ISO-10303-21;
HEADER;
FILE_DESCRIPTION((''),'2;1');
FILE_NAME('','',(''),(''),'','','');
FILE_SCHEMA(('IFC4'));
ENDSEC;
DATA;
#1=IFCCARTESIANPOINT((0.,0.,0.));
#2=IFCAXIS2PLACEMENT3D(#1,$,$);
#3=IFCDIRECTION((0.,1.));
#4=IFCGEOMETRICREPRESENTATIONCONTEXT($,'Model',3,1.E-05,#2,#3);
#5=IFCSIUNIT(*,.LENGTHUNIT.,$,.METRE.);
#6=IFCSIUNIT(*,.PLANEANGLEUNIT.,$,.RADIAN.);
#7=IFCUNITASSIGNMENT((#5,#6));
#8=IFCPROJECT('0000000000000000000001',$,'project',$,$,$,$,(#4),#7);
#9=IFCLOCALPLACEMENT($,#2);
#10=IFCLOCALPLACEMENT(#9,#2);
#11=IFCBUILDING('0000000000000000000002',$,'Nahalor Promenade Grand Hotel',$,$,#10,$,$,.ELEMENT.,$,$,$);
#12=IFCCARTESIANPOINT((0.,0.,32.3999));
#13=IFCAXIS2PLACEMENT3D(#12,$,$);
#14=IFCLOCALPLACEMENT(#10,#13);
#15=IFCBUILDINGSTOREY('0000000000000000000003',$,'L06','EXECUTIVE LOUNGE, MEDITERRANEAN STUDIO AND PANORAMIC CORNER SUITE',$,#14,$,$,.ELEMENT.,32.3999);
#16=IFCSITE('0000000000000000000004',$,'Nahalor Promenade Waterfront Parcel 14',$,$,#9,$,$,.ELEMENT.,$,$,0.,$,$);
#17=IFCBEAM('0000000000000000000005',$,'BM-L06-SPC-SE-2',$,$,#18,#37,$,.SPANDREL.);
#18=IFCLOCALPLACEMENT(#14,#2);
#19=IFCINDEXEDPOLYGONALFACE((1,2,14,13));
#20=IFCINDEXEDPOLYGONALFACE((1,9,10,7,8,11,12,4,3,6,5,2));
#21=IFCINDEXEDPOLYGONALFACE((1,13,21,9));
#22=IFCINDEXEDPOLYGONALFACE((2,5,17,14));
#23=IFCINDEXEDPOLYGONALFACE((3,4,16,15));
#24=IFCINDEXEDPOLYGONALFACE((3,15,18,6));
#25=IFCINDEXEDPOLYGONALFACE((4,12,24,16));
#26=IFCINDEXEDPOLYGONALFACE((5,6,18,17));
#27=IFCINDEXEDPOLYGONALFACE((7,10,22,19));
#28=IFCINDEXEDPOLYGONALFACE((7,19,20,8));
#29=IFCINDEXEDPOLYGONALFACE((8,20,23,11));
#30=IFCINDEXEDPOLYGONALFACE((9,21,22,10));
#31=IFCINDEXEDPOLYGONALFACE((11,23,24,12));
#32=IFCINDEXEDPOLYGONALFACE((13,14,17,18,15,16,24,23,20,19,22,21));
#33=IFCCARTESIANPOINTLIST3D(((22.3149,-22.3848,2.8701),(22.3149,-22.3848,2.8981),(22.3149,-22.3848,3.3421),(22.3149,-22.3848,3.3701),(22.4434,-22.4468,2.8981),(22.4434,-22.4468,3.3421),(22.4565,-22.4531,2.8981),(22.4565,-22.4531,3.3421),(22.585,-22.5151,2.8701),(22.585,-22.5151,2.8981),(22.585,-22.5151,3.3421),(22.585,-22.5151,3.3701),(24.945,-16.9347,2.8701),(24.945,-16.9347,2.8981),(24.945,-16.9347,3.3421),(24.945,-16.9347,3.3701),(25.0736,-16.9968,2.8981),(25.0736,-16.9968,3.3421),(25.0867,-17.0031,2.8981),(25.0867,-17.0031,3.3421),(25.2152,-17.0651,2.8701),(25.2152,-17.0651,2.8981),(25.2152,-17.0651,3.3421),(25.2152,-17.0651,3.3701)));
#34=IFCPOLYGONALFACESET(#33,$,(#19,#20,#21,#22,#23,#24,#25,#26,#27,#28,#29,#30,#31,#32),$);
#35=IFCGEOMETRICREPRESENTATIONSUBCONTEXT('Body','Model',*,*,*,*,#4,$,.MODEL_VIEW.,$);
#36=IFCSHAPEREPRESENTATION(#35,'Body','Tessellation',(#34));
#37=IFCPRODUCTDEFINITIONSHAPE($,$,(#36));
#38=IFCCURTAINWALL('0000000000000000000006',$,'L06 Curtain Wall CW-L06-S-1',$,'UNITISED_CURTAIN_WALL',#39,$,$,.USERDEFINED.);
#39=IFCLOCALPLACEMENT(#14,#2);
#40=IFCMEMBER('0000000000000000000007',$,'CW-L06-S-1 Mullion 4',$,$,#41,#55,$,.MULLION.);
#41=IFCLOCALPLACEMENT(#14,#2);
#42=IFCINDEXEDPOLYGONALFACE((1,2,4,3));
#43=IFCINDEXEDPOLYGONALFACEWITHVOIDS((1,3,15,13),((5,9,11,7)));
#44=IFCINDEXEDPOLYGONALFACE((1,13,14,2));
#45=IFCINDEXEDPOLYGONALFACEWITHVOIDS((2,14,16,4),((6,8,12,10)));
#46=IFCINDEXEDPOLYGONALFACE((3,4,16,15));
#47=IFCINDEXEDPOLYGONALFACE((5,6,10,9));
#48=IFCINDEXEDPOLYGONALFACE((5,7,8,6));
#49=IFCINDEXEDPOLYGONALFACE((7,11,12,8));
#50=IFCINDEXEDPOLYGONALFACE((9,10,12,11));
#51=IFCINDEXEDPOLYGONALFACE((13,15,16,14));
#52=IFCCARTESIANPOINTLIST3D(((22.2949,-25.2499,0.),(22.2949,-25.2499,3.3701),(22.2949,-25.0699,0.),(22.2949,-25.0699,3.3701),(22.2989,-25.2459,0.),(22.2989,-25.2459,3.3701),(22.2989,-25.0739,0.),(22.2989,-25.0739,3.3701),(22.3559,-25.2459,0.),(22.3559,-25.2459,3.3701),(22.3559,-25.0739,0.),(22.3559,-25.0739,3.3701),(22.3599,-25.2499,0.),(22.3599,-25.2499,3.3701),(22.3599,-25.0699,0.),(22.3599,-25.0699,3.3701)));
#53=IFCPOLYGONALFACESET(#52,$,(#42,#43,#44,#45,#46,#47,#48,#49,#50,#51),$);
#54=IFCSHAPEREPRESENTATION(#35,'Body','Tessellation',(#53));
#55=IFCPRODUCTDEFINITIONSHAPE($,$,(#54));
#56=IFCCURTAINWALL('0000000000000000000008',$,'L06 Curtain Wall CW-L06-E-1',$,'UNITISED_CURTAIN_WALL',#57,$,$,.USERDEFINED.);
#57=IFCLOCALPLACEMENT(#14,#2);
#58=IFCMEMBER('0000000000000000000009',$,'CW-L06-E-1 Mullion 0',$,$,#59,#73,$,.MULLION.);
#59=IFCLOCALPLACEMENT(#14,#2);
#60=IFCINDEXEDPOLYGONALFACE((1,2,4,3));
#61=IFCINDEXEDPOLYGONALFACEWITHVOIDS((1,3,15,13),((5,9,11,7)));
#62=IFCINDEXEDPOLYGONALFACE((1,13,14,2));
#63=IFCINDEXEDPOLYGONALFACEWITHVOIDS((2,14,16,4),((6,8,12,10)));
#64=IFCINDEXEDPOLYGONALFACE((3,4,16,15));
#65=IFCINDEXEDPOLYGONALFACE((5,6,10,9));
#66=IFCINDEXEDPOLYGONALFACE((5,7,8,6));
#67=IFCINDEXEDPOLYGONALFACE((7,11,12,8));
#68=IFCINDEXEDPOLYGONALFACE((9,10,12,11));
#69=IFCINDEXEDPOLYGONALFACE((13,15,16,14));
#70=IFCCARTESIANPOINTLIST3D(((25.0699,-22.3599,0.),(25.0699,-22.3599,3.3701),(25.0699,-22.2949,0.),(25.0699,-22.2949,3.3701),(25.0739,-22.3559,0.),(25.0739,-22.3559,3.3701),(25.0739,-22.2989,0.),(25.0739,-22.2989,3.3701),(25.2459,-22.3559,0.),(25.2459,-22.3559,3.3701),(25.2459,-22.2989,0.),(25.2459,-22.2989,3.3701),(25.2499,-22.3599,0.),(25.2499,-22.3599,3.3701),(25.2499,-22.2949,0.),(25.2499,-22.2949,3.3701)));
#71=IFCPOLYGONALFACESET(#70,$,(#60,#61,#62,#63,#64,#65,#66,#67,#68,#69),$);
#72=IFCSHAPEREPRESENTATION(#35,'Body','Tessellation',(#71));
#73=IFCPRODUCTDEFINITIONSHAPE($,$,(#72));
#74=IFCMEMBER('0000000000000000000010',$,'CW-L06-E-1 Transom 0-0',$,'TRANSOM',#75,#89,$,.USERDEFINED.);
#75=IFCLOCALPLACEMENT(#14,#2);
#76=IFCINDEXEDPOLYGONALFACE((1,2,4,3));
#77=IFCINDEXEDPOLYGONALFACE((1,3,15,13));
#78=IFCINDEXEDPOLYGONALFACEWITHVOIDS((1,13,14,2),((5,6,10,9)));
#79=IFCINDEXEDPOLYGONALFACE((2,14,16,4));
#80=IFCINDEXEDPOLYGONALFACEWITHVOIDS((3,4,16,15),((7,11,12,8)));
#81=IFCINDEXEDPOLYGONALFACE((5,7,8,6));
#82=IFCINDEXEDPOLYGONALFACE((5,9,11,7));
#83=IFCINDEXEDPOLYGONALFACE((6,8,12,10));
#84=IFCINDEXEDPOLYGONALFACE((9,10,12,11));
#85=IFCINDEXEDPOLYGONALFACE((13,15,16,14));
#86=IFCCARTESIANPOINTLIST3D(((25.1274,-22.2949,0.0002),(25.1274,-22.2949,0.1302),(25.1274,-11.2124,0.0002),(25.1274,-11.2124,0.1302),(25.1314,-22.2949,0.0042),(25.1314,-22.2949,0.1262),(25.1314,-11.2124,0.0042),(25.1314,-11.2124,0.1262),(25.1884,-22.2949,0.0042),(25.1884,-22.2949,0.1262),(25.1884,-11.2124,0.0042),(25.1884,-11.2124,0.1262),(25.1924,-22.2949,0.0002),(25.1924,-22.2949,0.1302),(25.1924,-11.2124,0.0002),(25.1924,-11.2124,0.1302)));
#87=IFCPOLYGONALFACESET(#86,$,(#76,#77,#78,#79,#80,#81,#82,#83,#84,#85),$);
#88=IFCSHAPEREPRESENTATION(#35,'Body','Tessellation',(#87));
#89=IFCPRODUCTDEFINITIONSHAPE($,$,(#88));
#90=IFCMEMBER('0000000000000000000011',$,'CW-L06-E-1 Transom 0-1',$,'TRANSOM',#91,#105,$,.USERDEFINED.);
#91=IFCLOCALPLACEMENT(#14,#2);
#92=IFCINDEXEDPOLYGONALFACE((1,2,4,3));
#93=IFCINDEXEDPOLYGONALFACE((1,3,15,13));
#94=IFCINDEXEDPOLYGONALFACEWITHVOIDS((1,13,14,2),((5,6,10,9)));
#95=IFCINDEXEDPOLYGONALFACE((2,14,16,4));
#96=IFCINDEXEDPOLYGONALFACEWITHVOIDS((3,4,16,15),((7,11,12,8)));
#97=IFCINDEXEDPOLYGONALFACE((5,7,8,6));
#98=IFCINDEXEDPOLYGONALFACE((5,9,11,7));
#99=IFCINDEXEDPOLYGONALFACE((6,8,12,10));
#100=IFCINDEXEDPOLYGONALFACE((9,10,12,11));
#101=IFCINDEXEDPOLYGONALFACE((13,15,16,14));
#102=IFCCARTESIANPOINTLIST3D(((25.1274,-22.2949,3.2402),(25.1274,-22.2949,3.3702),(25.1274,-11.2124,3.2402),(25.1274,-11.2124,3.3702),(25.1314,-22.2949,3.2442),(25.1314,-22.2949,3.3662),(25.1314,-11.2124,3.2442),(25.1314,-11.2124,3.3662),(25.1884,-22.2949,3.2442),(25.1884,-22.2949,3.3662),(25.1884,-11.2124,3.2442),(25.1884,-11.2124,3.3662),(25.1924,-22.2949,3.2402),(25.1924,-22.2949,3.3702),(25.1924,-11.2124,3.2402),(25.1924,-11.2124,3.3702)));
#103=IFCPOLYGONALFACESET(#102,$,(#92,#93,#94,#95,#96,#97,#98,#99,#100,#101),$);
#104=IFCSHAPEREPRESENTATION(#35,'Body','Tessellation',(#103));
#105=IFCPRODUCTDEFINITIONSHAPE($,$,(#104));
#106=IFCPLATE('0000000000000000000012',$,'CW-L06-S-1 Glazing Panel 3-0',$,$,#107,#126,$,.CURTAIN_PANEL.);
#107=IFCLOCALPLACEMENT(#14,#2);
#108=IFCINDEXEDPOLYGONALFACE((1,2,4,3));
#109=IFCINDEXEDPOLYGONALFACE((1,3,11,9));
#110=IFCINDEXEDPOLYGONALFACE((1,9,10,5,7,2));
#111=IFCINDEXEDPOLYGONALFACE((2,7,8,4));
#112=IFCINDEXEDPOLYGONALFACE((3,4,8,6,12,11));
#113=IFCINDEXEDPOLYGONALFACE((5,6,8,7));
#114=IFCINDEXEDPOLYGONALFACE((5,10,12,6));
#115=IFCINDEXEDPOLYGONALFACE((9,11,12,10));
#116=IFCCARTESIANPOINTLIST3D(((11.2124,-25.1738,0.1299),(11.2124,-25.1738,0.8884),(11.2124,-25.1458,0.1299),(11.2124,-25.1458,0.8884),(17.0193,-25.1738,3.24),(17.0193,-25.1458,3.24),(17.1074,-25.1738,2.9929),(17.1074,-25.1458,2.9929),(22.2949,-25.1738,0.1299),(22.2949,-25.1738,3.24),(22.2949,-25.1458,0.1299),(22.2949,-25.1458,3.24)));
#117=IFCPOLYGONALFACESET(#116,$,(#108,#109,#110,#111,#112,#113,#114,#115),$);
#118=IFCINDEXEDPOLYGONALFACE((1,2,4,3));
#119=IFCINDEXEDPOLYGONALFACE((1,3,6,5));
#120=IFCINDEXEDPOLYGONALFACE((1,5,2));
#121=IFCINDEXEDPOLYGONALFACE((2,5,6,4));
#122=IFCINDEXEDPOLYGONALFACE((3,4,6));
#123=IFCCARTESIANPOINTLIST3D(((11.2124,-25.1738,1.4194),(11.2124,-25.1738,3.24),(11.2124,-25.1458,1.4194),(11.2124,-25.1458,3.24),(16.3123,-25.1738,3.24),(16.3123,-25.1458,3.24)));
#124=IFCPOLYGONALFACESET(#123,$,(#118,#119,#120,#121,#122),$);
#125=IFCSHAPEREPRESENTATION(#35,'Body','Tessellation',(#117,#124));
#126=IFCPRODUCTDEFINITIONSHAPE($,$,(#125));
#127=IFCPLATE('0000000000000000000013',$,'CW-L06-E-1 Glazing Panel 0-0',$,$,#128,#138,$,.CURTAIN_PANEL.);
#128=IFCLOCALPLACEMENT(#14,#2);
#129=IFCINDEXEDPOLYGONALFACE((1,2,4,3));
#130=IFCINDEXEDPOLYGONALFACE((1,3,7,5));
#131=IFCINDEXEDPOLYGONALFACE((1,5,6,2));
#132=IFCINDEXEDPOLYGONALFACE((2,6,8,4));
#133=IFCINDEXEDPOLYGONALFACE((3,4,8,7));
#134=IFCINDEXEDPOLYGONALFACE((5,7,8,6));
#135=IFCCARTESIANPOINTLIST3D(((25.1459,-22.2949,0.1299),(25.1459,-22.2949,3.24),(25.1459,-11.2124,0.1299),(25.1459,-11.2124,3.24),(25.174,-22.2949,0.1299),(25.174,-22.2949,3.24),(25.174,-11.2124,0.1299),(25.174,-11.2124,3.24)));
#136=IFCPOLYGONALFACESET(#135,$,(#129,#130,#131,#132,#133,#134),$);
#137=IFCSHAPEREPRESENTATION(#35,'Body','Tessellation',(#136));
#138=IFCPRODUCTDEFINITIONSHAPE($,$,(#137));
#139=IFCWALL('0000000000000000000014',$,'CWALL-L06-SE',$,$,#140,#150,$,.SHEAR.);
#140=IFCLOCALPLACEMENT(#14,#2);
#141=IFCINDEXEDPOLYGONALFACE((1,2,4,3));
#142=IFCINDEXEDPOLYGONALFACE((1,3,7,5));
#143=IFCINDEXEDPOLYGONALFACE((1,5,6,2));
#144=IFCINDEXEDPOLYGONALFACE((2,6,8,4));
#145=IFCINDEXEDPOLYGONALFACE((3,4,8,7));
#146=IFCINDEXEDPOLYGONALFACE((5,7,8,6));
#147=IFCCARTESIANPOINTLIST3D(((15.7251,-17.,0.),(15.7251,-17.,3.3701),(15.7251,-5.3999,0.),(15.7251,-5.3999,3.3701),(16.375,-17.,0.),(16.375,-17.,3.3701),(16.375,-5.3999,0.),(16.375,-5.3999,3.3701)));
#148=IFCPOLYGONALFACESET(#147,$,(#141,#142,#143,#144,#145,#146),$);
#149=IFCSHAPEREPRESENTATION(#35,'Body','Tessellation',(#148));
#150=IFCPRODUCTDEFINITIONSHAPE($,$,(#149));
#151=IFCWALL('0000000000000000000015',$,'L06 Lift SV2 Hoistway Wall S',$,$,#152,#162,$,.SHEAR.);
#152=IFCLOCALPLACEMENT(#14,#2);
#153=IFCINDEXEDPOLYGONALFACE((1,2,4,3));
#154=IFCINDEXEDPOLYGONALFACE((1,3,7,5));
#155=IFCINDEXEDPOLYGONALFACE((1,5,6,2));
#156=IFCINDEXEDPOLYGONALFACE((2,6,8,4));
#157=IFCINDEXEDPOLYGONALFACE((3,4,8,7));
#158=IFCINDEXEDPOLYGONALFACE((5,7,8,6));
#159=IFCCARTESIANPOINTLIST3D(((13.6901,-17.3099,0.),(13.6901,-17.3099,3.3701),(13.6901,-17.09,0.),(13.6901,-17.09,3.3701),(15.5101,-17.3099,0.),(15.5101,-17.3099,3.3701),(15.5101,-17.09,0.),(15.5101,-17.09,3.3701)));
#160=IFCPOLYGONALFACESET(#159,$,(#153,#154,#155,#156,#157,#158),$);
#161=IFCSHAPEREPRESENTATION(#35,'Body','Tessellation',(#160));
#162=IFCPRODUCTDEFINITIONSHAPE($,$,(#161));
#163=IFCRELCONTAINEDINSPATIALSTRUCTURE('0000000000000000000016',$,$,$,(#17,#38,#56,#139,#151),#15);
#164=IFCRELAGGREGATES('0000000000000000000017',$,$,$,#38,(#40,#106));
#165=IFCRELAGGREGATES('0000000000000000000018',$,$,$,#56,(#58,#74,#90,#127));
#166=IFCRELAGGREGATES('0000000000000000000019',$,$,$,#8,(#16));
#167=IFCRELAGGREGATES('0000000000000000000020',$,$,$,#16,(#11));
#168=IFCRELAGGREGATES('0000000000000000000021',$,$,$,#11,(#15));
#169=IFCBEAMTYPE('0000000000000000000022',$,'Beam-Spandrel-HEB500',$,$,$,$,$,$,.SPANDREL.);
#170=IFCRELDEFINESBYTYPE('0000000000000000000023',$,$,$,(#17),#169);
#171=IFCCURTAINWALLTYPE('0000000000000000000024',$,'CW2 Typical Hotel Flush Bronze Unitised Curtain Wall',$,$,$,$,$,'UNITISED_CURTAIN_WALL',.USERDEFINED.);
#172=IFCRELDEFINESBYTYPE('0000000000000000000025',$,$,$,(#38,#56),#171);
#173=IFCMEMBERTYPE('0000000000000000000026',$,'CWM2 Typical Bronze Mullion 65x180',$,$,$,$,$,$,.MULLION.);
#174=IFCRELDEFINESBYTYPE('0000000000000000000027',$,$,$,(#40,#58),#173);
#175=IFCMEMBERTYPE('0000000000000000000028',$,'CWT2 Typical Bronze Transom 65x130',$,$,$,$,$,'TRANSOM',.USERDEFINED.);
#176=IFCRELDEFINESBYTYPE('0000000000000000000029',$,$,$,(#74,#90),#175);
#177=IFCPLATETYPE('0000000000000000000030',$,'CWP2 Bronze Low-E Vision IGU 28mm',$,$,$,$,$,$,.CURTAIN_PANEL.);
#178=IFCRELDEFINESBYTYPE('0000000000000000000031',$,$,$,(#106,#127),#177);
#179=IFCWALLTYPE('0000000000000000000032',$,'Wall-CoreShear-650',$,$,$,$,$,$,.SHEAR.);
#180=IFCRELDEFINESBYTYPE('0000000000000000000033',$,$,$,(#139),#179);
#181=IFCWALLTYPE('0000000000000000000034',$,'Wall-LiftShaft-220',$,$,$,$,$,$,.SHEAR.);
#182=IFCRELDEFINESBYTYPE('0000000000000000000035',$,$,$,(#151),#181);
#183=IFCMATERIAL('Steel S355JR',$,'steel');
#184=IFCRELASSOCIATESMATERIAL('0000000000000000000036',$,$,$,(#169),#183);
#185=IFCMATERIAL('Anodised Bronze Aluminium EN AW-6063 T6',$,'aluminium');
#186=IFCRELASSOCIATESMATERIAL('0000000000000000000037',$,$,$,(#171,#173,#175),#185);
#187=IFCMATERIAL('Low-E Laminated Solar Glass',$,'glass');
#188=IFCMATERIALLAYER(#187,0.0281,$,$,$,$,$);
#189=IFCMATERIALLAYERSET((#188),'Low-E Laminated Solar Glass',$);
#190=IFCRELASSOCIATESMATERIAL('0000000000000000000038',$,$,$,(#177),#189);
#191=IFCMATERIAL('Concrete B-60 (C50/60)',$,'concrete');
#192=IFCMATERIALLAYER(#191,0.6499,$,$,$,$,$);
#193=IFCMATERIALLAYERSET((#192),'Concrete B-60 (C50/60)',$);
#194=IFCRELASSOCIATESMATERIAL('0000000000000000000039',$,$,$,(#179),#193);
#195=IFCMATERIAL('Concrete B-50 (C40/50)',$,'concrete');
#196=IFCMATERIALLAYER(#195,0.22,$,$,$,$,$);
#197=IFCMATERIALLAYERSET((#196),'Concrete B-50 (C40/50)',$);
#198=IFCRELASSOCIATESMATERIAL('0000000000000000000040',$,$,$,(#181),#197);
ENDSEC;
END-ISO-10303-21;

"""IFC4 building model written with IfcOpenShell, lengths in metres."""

from ifc_helpers import new_model, si_unit, direction, frame, frame_2d, origin, origin_2d, place, context, subcontext, project, spatial, polyline, rectangle, hollow_rectangle, i_section, outline, extrude, source, transform, mapped, material, layer, layer_set, material_profile, profile_set, type_object, element, aggregate, save


model = new_model("IFC4")

# Units and contexts
model_context = context("Model", 3, precision=1e-05, world=origin(), true_north=direction((0.0, 1.0)))
body_context = subcontext(model_context, "Body", "Model", "MODEL_VIEW")
ifc_project = project(units=[si_unit("LENGTHUNIT", "METRE"), si_unit("PLANEANGLEUNIT", "RADIAN")], contexts=[model_context])

# Site, building, storey
site_placement = place(None, origin())
site = spatial("IfcSite", under=ifc_project, at=site_placement, Name="Nahalor Promenade Waterfront Parcel 14", CompositionType="ELEMENT", RefElevation=0.0)
building_placement = place(site_placement, origin())
building = spatial("IfcBuilding", under=site, at=building_placement, Name="Nahalor Promenade Grand Hotel", CompositionType="ELEMENT")
storey_placement = place(building_placement, frame((0.0, 0.0, 32.3999)))
storey = spatial("IfcBuildingStorey", under=building, at=storey_placement, Name="L06", Description="EXECUTIVE LOUNGE, MEDITERRANEAN STUDIO AND PANORAMIC CORNER SUITE", CompositionType="ELEMENT", Elevation=32.3999)

# Beam
ifc_material_1 = material(Name="Steel S355JR", Category="steel")
ifc_material_profile_1 = material_profile(ifc_material_1, i_section(OverallWidth=0.3, OverallDepth=0.5, WebThickness=0.0145, FlangeThickness=0.028, at=origin_2d()), Name="HEB 500")
ifc_profile_set_1 = profile_set([ifc_material_profile_1], Name="Steel S355JR")
beam_type_1 = type_object("IfcBeamType", Name="Beam-Spandrel-HEB500", PredefinedType="SPANDREL", material=ifc_profile_set_1)
shared_shape_1 = source(origin(), body_context, "Body", "SweptSolid", [
    extrude(i_section(OverallWidth=0.3, OverallDepth=0.5, WebThickness=0.0145, FlangeThickness=0.028, at=origin_2d()), origin(), (0.0, 0.0, 1.0), 6.0515),
])
for number, where, z_axis, x_axis, name in (
    (1, (22.45, -22.45, 3.1201), (0.434631, 0.900609, 0.0), (-0.900609, 0.434631, 0.0), "BM-L06-SPC-SE-2"),
):
    element("IfcBeam", number, at=place(storey_placement, frame(where, z_axis=z_axis, x_axis=x_axis)), inside=storey, type_object=beam_type_1, Name=name, PredefinedType="SPANDREL", context=body_context, shape_type="MappedRepresentation", body=[
        mapped(shared_shape_1, transform((0.0, 0.0, 0.0), scale=1.0)),
    ])

# Curtain wall, member
ifc_material_2 = material(Name="Anodised Bronze Aluminium EN AW-6063 T6", Category="aluminium")
curtain_wall_type = type_object("IfcCurtainWallType", Name="CW2 Typical Hotel Flush Bronze Unitised Curtain Wall", ElementType="UNITISED_CURTAIN_WALL", PredefinedType="USERDEFINED", material=ifc_material_2)
curtain_wall_1_placement = place(storey_placement, origin())
curtain_wall_1 = element("IfcCurtainWall", 2, at=curtain_wall_1_placement, inside=storey, type_object=curtain_wall_type, Name="L06 Curtain Wall CW-L06-S-1", ObjectType="UNITISED_CURTAIN_WALL", PredefinedType="USERDEFINED")
ifc_material_profile_2 = material_profile(ifc_material_2, hollow_rectangle(XDim=0.065, YDim=0.18, WallThickness=0.004, at=origin_2d()), Name="CWM 65x180x4")
ifc_profile_set_2 = profile_set([ifc_material_profile_2], Name="Anodised Bronze Aluminium EN AW-6063 T6")
member_type_1 = type_object("IfcMemberType", Name="CWM2 Typical Bronze Mullion 65x180", PredefinedType="MULLION", material=ifc_profile_set_2)
shared_shape_2 = source(origin(), body_context, "Body", "SweptSolid", [
    extrude(hollow_rectangle(XDim=0.065, YDim=0.18, WallThickness=0.004, at=origin_2d()), origin(), (0.0, 0.0, 1.0), 3.3701),
])
member_1_placement = place(storey_placement, frame((22.3274, -25.1599, 0.0), z_axis=(0.0, 0.0, 1.0), x_axis=(1.0, 0.0, 0.0)))
member_1 = element("IfcMember", 3, at=member_1_placement, type_object=member_type_1, Name="CW-L06-S-1 Mullion 4", PredefinedType="MULLION", context=body_context, shape_type="MappedRepresentation", body=[
    mapped(shared_shape_2, transform((0.0, 0.0, 0.0), scale=1.0)),
])

# Curtain wall, members
curtain_wall_2_placement = place(storey_placement, origin())
curtain_wall_2 = element("IfcCurtainWall", 4, at=curtain_wall_2_placement, inside=storey, type_object=curtain_wall_type, Name="L06 Curtain Wall CW-L06-E-1", ObjectType="UNITISED_CURTAIN_WALL", PredefinedType="USERDEFINED")
member_2_placement = place(storey_placement, frame((25.1599, -22.3274, 0.0), z_axis=(0.0, 0.0, 1.0), x_axis=(0.0, 1.0, 0.0)))
member_2 = element("IfcMember", 5, at=member_2_placement, type_object=member_type_1, Name="CW-L06-E-1 Mullion 0", PredefinedType="MULLION", context=body_context, shape_type="MappedRepresentation", body=[
    mapped(shared_shape_2, transform((0.0, 0.0, 0.0), scale=1.0)),
])
ifc_material_profile_3 = material_profile(ifc_material_2, hollow_rectangle(XDim=0.065, YDim=0.13, WallThickness=0.004, at=origin_2d()), Name="CWT 65x130x4")
ifc_profile_set_3 = profile_set([ifc_material_profile_3], Name="Anodised Bronze Aluminium EN AW-6063 T6")
member_type_2 = type_object("IfcMemberType", Name="CWT2 Typical Bronze Transom 65x130", ElementType="TRANSOM", PredefinedType="USERDEFINED", material=ifc_profile_set_3)
shared_shape_3 = source(origin(), body_context, "Body", "SweptSolid", [
    extrude(hollow_rectangle(XDim=0.065, YDim=0.13, WallThickness=0.004, at=origin_2d()), origin(), (0.0, 0.0, 1.0), 11.0825),
])
member_3_placement = place(storey_placement, frame((25.1599, -22.2949, 0.0652), z_axis=(0.0, 1.0, 0.0), x_axis=(-1.0, 0.0, 0.0)))
member_3 = element("IfcMember", 6, at=member_3_placement, type_object=member_type_2, Name="CW-L06-E-1 Transom 0-0", ObjectType="TRANSOM", PredefinedType="USERDEFINED", context=body_context, shape_type="MappedRepresentation", body=[
    mapped(shared_shape_3, transform((0.0, 0.0, 0.0), scale=1.0)),
])
member_4_placement = place(storey_placement, frame((25.1599, -22.2949, 3.3052), z_axis=(0.0, 1.0, 0.0), x_axis=(-1.0, 0.0, 0.0)))
member_4 = element("IfcMember", 7, at=member_4_placement, type_object=member_type_2, Name="CW-L06-E-1 Transom 0-1", ObjectType="TRANSOM", PredefinedType="USERDEFINED", context=body_context, shape_type="MappedRepresentation", body=[
    mapped(shared_shape_3, transform((0.0, 0.0, 0.0), scale=1.0)),
])

# Plates
ifc_material_3 = material(Name="Low-E Laminated Solar Glass", Category="glass")
ifc_layer_1 = layer(ifc_material_3, 0.0281)
ifc_layer_set_1 = layer_set([ifc_layer_1], Name="Low-E Laminated Solar Glass")
plate_type = type_object("IfcPlateType", Name="CWP2 Bronze Low-E Vision IGU 28mm", PredefinedType="CURTAIN_PANEL", material=ifc_layer_set_1)
plate_1_placement = place(storey_placement, frame((16.7537, -25.1599, 0.1299), z_axis=(0.0, 0.0, 1.0), x_axis=(1.0, 0.0, 0.0)))
plate_1 = element("IfcPlate", 8, at=plate_1_placement, type_object=plate_type, Name="CW-L06-S-1 Glazing Panel 3-0", PredefinedType="CURTAIN_PANEL", context=body_context, shape_type="SweptSolid", body=[
    extrude(outline(polyline([(5.5413, 0.0), (5.5413, 3.1101), (0.2656, 3.1101), (0.3538, 2.863), (-5.5413, 0.7585), (-5.5413, 0.0), (5.5413, 0.0)])), frame((0.0, 0.0142, 0.0), z_axis=(0.0, -1.0, 0.0), x_axis=(1.0, 0.0, 0.0)), (0.0, 0.0, 1.0), 0.0281),
    extrude(outline(polyline([(-0.4414, 3.1101), (-5.5413, 3.1101), (-5.5413, 1.2896), (-0.4414, 3.1101)])), frame((0.0, 0.0142, 0.0), z_axis=(0.0, -1.0, 0.0), x_axis=(1.0, 0.0, 0.0)), (0.0, 0.0, 1.0), 0.0281),
])
aggregate(curtain_wall_1, [member_1, plate_1])
shared_shape_4 = source(origin(), body_context, "Body", "SweptSolid", [
    extrude(rectangle(XDim=11.0825, YDim=0.0281, at=origin_2d()), origin(), (0.0, 0.0, 1.0), 3.1101),
])
plate_2_placement = place(storey_placement, frame((25.1599, -16.7537, 0.1299), z_axis=(0.0, 0.0, 1.0), x_axis=(0.0, 1.0, 0.0)))
plate_2 = element("IfcPlate", 9, at=plate_2_placement, type_object=plate_type, Name="CW-L06-E-1 Glazing Panel 0-0", PredefinedType="CURTAIN_PANEL", context=body_context, shape_type="MappedRepresentation", body=[
    mapped(shared_shape_4, transform((0.0, 0.0, 0.0), scale=1.0)),
])
aggregate(curtain_wall_2, [member_2, member_3, member_4, plate_2])

# Walls
ifc_material_4 = material(Name="Concrete B-60 (C50/60)", Category="concrete")
ifc_layer_2 = layer(ifc_material_4, 0.6499)
ifc_layer_set_2 = layer_set([ifc_layer_2], Name="Concrete B-60 (C50/60)")
wall_type_1 = type_object("IfcWallType", Name="Wall-CoreShear-650", PredefinedType="SHEAR", material=ifc_layer_set_2)
shared_shape_5 = source(origin(), body_context, "Body", "SweptSolid", [
    extrude(rectangle(XDim=11.6001, YDim=0.6499, at=frame_2d((5.8, 0.0))), origin(), (0.0, 0.0, 1.0), 3.3701),
])
wall_1_placement = place(storey_placement, frame((16.05, -17.0, 0.0), z_axis=(0.0, 0.0, 1.0), x_axis=(0.0, 1.0, 0.0)))
element("IfcWall", 10, at=wall_1_placement, inside=storey, type_object=wall_type_1, Name="CWALL-L06-SE", PredefinedType="SHEAR", context=body_context, shape_type="MappedRepresentation", body=[
    mapped(shared_shape_5, transform((0.0, 0.0, 0.0), scale=1.0)),
])
ifc_material_5 = material(Name="Concrete B-50 (C40/50)", Category="concrete")
ifc_layer_3 = layer(ifc_material_5, 0.22)
ifc_layer_set_3 = layer_set([ifc_layer_3], Name="Concrete B-50 (C40/50)")
wall_type_2 = type_object("IfcWallType", Name="Wall-LiftShaft-220", PredefinedType="SHEAR", material=ifc_layer_set_3)
shared_shape_6 = source(origin(), body_context, "Body", "SweptSolid", [
    extrude(rectangle(XDim=1.8201, YDim=0.22, at=frame_2d((0.9102, 0.0))), origin(), (0.0, 0.0, 1.0), 3.3701),
])
wall_2_placement = place(storey_placement, frame((13.6899, -17.2, 0.0), z_axis=(0.0, 0.0, 1.0), x_axis=(1.0, 0.0, 0.0)))
element("IfcWall", 11, at=wall_2_placement, inside=storey, type_object=wall_type_2, Name="L06 Lift SV2 Hoistway Wall S", PredefinedType="SHEAR", context=body_context, shape_type="MappedRepresentation", body=[
    mapped(shared_shape_6, transform((0.0, 0.0, 0.0), scale=1.0)),
])

save(model, "model.ifc")
